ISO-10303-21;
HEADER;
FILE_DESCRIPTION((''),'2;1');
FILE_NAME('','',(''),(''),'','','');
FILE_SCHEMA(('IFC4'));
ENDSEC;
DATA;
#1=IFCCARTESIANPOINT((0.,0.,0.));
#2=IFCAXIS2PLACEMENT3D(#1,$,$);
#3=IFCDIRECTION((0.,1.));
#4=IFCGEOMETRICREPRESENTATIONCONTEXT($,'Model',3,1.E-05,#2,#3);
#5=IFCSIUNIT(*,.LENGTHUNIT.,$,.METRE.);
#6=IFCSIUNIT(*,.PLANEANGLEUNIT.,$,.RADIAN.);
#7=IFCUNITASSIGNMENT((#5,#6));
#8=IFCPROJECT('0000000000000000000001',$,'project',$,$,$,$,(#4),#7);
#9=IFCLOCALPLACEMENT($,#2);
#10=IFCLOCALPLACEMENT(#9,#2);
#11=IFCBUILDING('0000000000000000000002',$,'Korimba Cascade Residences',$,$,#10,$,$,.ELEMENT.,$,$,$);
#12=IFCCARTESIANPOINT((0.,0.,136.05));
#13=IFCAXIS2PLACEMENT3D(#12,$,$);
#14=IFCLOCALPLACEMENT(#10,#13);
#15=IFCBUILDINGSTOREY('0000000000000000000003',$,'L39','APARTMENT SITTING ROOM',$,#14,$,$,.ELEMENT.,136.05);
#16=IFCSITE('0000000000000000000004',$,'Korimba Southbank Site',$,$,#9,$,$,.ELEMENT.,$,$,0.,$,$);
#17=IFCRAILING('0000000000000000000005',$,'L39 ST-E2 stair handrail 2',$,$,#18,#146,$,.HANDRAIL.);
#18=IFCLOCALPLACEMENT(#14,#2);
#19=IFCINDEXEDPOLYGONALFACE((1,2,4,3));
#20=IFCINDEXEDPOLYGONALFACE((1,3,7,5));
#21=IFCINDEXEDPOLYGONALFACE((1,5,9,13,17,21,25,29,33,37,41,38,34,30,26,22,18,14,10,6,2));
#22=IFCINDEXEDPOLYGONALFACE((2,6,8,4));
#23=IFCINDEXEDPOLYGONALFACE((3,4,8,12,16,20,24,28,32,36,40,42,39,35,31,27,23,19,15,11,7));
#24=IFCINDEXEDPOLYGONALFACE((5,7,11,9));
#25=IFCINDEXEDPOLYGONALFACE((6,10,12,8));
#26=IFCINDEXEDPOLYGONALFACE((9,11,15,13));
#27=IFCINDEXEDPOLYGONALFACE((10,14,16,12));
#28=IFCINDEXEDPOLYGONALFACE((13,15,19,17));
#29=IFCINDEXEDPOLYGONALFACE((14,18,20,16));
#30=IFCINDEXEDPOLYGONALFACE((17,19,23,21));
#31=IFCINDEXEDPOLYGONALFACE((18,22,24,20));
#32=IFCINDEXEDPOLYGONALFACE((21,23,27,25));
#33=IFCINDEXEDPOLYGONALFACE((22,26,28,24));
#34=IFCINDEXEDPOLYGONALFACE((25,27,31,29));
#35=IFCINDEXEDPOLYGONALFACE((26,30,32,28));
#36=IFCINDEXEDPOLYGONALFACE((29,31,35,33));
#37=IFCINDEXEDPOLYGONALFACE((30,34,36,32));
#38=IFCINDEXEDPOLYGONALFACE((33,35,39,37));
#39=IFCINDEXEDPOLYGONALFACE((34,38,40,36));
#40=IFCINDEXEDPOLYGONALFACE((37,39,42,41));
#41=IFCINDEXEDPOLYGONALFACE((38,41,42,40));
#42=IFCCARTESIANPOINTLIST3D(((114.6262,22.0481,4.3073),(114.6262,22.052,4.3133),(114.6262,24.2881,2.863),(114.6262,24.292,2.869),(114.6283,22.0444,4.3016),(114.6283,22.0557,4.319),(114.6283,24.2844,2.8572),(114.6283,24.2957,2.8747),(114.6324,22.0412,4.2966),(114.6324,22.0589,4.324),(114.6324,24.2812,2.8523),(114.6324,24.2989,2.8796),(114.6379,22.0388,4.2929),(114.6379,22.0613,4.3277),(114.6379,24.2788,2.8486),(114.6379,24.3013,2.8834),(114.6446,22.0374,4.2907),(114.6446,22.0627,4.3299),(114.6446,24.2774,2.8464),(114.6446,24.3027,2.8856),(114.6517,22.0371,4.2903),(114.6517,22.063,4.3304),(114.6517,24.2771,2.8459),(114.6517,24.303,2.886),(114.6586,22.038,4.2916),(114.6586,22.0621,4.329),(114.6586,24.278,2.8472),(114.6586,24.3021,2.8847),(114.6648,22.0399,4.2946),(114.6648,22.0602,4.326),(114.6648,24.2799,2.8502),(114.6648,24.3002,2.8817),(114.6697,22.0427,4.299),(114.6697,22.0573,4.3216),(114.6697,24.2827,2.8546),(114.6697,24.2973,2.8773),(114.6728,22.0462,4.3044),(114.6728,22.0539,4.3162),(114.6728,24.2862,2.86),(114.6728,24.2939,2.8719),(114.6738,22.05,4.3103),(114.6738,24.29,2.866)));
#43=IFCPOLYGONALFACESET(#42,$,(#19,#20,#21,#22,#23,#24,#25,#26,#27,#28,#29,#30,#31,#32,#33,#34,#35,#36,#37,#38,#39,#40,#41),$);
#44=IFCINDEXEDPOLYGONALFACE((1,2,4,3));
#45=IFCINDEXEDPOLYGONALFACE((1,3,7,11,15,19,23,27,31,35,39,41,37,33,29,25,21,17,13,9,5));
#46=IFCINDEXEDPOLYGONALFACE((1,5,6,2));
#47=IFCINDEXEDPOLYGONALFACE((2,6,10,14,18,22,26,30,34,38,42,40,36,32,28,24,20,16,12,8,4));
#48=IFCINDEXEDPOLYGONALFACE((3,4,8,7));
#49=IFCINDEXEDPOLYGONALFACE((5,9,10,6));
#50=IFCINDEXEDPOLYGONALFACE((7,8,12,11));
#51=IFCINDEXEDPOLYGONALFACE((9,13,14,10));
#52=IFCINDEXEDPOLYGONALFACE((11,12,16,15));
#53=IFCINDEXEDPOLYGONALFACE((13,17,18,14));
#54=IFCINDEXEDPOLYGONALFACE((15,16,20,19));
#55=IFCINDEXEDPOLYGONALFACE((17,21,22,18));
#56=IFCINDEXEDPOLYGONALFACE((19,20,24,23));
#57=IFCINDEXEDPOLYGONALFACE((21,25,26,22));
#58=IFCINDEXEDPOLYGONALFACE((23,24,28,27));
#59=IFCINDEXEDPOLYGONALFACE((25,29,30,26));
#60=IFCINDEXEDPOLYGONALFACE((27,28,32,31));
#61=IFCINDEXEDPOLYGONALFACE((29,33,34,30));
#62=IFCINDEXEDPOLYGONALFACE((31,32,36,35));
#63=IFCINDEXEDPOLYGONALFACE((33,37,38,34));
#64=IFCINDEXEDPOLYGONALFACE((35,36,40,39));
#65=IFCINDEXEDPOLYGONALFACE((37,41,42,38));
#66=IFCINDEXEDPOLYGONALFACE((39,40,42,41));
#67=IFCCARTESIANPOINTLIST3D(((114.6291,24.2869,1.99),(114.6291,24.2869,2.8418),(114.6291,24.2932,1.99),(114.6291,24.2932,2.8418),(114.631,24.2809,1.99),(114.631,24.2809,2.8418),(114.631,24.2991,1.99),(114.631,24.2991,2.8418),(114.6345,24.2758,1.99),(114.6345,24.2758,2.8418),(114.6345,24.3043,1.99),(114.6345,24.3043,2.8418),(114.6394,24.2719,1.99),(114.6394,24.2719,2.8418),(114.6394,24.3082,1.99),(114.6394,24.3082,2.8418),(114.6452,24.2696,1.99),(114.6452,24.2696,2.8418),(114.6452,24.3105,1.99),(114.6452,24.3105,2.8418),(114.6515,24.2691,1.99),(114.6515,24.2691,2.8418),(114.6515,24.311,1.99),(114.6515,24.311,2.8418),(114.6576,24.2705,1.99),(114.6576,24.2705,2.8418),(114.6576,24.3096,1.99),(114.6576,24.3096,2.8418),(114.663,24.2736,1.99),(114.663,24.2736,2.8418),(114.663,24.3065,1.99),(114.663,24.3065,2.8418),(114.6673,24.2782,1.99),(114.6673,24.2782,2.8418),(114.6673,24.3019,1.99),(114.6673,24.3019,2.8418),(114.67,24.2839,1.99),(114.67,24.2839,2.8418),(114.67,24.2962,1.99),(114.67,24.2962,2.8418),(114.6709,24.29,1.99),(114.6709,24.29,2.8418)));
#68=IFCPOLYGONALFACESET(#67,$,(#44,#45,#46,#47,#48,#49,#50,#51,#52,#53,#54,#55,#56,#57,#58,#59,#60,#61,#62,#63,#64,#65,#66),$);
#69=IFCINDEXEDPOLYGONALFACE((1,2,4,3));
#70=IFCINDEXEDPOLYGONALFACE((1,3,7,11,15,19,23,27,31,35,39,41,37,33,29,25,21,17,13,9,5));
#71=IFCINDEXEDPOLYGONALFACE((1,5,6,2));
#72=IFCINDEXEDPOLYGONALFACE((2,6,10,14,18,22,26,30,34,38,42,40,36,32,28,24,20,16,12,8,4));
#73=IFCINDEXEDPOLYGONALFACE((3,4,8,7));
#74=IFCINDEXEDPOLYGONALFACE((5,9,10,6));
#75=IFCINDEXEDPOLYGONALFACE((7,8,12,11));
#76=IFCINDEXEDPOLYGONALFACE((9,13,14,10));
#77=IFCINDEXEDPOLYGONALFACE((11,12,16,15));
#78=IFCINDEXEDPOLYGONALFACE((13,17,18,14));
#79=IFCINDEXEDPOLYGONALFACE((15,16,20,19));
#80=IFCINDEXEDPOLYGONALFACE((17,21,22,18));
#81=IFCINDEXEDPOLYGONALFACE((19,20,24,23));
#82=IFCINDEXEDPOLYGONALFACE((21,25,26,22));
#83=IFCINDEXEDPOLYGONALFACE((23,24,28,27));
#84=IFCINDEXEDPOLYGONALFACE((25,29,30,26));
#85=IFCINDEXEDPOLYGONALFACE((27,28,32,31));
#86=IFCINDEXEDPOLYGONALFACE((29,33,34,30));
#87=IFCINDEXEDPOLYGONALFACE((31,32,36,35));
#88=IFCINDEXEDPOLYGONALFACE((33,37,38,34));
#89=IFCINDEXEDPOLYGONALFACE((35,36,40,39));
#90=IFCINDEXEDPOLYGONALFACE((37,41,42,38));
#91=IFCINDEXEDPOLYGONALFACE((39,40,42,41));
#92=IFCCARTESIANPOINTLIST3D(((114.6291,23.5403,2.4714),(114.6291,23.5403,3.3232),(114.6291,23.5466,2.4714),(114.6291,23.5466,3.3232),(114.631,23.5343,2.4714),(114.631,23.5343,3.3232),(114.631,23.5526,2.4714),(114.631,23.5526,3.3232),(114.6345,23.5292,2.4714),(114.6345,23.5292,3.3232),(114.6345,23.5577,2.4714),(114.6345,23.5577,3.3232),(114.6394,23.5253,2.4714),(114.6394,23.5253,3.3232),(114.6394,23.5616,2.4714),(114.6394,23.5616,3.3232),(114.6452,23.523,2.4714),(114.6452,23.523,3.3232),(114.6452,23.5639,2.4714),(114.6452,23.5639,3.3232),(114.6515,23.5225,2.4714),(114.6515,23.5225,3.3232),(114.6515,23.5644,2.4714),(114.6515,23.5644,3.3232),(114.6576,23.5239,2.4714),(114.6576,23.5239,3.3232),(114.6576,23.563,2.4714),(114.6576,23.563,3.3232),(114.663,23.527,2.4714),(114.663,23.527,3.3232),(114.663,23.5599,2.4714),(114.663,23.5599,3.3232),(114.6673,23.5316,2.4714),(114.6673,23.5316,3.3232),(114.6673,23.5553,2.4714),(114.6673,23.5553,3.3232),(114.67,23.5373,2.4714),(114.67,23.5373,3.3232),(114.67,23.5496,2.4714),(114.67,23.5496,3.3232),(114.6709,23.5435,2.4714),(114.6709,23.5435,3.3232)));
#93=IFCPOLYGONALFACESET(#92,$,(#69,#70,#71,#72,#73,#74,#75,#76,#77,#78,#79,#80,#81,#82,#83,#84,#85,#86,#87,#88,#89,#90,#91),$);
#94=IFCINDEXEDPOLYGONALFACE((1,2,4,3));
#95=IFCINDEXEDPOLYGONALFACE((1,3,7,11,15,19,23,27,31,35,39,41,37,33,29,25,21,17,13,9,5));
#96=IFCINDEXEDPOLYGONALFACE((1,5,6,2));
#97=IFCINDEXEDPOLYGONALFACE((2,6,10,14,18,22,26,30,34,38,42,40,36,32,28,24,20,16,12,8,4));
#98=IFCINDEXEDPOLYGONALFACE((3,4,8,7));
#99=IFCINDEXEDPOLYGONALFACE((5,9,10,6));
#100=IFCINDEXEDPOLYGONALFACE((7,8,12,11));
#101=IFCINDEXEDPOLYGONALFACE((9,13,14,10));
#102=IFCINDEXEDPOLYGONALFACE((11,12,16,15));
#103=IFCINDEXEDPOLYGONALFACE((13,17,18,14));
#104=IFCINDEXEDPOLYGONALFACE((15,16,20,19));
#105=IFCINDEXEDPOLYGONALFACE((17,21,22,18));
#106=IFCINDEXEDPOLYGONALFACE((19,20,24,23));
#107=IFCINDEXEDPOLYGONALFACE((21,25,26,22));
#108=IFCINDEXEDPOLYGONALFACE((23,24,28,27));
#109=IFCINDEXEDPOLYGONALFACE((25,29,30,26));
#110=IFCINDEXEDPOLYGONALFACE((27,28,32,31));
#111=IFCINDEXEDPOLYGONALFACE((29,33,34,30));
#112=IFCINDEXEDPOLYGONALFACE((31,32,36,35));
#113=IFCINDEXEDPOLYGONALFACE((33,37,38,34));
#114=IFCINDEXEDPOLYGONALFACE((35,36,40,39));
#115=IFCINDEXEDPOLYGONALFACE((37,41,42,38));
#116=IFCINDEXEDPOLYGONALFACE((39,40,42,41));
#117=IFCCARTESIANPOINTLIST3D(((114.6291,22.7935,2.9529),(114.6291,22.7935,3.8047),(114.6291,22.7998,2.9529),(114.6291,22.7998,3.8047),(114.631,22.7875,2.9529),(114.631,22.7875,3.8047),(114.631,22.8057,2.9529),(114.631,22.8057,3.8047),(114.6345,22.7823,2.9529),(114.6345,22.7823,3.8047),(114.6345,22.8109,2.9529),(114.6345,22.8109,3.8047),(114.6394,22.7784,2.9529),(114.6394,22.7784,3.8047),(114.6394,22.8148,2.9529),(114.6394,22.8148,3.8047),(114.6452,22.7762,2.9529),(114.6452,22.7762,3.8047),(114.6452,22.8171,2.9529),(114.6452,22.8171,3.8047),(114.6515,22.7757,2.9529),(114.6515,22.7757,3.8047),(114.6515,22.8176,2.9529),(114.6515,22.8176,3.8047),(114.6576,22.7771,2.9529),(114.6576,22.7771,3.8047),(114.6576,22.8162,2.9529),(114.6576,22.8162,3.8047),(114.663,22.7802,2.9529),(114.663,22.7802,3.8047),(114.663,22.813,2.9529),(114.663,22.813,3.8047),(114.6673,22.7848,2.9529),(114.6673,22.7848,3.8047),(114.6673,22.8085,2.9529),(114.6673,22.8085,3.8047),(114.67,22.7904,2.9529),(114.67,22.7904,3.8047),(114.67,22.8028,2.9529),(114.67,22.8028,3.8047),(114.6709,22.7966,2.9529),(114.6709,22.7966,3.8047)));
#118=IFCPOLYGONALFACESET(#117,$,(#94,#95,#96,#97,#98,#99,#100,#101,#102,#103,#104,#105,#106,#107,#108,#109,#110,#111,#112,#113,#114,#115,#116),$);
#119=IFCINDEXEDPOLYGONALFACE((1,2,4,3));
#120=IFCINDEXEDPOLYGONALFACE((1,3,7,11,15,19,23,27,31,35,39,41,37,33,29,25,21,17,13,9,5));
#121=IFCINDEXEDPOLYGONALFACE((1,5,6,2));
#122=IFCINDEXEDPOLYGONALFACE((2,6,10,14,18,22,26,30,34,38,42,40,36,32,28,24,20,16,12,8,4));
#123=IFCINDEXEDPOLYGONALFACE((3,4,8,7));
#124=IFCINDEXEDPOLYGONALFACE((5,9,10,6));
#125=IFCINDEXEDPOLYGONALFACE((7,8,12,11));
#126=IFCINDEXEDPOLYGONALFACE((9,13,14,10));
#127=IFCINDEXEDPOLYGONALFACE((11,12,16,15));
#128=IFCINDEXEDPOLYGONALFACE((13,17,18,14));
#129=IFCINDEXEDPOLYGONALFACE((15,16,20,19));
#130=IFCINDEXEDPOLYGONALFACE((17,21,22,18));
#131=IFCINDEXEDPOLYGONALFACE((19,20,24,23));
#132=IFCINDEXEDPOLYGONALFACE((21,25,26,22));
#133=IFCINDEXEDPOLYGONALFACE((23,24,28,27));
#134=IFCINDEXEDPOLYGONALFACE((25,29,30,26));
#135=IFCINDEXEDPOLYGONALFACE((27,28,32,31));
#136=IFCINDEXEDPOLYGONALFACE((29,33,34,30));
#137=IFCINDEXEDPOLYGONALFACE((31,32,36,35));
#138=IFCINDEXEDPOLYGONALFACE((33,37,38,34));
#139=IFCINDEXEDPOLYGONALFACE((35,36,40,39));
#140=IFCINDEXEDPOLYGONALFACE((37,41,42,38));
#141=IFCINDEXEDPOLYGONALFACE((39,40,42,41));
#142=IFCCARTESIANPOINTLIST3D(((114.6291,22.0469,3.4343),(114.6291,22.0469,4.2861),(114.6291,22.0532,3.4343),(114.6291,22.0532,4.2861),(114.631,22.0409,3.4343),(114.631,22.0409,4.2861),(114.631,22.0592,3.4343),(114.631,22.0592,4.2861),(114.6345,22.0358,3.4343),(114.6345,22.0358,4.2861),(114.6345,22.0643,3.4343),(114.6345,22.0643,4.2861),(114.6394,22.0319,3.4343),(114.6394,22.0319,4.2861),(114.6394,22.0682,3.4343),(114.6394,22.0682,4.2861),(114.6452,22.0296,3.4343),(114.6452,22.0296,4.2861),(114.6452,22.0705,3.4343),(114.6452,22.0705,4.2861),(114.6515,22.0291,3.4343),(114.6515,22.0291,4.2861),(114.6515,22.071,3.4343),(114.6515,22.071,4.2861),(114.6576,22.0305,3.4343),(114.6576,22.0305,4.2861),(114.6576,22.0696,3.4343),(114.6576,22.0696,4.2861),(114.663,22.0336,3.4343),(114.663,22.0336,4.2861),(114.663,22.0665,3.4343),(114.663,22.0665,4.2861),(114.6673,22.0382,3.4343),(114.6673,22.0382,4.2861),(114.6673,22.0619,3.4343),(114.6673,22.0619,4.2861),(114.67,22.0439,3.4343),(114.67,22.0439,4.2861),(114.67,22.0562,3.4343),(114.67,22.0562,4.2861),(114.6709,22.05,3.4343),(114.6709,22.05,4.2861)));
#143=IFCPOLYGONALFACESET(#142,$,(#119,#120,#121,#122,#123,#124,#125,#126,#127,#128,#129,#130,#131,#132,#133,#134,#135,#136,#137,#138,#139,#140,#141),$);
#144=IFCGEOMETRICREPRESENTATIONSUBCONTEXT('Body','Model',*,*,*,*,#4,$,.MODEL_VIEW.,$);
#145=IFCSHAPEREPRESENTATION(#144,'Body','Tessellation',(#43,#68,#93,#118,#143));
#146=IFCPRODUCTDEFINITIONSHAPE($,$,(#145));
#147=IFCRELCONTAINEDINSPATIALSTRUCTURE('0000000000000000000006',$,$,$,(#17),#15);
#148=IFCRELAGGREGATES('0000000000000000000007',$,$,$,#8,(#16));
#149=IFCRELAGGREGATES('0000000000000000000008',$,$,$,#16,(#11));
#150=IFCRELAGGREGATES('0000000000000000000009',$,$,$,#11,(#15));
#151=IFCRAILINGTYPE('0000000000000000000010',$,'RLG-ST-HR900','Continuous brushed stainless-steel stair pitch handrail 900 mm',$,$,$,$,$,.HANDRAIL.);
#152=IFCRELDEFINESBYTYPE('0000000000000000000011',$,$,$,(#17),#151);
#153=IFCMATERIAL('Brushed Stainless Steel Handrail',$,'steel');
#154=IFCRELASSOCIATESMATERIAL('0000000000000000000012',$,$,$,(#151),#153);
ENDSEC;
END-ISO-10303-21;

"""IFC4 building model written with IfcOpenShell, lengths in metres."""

from ifc_helpers import new_model, si_unit, direction, frame, origin, origin_2d, place, context, subcontext, project, spatial, circle, extrude, material, type_object, element, save


model = new_model("IFC4")

# Units and contexts
model_context = context("Model", 3, precision=1e-05, world=origin(), true_north=direction((0.0, 1.0)))
body_context = subcontext(model_context, "Body", "Model", "MODEL_VIEW")
ifc_project = project(units=[si_unit("LENGTHUNIT", "METRE"), si_unit("PLANEANGLEUNIT", "RADIAN")], contexts=[model_context])

# Site, building, storey
site_placement = place(None, origin())
site = spatial("IfcSite", under=ifc_project, at=site_placement, Name="Korimba Southbank Site", CompositionType="ELEMENT", RefElevation=0.0)
building_placement = place(site_placement, origin())
building = spatial("IfcBuilding", under=site, at=building_placement, Name="Korimba Cascade Residences", CompositionType="ELEMENT")
storey_placement = place(building_placement, frame((0.0, 0.0, 136.05)))
storey = spatial("IfcBuildingStorey", under=building, at=storey_placement, Name="L39", Description="APARTMENT SITTING ROOM", CompositionType="ELEMENT", Elevation=136.05)

# Railing
ifc_material_1 = material(Name="Brushed Stainless Steel Handrail", Category="steel")
railing_type_1 = type_object("IfcRailingType", Name="RLG-ST-HR900", Description="Continuous brushed stainless-steel stair pitch handrail 900 mm", PredefinedType="HANDRAIL", material=ifc_material_1)
railing_1_placement = place(storey_placement, frame((114.6499, 24.29, 1.99)))
element("IfcRailing", 1, at=railing_1_placement, inside=storey, type_object=railing_type_1, Name="L39 ST-E2 stair handrail 2", PredefinedType="HANDRAIL", context=body_context, shape_type="SweptSolid", body=[
    extrude(circle(Radius=0.0239, at=origin_2d()), frame((0.0, 0.0, 0.876), z_axis=(0.0, -0.840437, 0.54191), x_axis=(1.0, 0.0, 0.0)), (0.0, 0.0, 1.0), 2.6653),
    extrude(circle(Radius=0.021, at=origin_2d()), origin(), (0.0, 0.0, 1.0), 0.8518),
    extrude(circle(Radius=0.021, at=origin_2d()), frame((0.0, -0.7466, 0.4814)), (0.0, 0.0, 1.0), 0.8518),
    extrude(circle(Radius=0.021, at=origin_2d()), frame((0.0, -1.4934, 0.9629)), (0.0, 0.0, 1.0), 0.8518),
    extrude(circle(Radius=0.021, at=origin_2d()), frame((0.0, -2.24, 1.4443)), (0.0, 0.0, 1.0), 0.8518),
])

save(model, "model.ifc")
